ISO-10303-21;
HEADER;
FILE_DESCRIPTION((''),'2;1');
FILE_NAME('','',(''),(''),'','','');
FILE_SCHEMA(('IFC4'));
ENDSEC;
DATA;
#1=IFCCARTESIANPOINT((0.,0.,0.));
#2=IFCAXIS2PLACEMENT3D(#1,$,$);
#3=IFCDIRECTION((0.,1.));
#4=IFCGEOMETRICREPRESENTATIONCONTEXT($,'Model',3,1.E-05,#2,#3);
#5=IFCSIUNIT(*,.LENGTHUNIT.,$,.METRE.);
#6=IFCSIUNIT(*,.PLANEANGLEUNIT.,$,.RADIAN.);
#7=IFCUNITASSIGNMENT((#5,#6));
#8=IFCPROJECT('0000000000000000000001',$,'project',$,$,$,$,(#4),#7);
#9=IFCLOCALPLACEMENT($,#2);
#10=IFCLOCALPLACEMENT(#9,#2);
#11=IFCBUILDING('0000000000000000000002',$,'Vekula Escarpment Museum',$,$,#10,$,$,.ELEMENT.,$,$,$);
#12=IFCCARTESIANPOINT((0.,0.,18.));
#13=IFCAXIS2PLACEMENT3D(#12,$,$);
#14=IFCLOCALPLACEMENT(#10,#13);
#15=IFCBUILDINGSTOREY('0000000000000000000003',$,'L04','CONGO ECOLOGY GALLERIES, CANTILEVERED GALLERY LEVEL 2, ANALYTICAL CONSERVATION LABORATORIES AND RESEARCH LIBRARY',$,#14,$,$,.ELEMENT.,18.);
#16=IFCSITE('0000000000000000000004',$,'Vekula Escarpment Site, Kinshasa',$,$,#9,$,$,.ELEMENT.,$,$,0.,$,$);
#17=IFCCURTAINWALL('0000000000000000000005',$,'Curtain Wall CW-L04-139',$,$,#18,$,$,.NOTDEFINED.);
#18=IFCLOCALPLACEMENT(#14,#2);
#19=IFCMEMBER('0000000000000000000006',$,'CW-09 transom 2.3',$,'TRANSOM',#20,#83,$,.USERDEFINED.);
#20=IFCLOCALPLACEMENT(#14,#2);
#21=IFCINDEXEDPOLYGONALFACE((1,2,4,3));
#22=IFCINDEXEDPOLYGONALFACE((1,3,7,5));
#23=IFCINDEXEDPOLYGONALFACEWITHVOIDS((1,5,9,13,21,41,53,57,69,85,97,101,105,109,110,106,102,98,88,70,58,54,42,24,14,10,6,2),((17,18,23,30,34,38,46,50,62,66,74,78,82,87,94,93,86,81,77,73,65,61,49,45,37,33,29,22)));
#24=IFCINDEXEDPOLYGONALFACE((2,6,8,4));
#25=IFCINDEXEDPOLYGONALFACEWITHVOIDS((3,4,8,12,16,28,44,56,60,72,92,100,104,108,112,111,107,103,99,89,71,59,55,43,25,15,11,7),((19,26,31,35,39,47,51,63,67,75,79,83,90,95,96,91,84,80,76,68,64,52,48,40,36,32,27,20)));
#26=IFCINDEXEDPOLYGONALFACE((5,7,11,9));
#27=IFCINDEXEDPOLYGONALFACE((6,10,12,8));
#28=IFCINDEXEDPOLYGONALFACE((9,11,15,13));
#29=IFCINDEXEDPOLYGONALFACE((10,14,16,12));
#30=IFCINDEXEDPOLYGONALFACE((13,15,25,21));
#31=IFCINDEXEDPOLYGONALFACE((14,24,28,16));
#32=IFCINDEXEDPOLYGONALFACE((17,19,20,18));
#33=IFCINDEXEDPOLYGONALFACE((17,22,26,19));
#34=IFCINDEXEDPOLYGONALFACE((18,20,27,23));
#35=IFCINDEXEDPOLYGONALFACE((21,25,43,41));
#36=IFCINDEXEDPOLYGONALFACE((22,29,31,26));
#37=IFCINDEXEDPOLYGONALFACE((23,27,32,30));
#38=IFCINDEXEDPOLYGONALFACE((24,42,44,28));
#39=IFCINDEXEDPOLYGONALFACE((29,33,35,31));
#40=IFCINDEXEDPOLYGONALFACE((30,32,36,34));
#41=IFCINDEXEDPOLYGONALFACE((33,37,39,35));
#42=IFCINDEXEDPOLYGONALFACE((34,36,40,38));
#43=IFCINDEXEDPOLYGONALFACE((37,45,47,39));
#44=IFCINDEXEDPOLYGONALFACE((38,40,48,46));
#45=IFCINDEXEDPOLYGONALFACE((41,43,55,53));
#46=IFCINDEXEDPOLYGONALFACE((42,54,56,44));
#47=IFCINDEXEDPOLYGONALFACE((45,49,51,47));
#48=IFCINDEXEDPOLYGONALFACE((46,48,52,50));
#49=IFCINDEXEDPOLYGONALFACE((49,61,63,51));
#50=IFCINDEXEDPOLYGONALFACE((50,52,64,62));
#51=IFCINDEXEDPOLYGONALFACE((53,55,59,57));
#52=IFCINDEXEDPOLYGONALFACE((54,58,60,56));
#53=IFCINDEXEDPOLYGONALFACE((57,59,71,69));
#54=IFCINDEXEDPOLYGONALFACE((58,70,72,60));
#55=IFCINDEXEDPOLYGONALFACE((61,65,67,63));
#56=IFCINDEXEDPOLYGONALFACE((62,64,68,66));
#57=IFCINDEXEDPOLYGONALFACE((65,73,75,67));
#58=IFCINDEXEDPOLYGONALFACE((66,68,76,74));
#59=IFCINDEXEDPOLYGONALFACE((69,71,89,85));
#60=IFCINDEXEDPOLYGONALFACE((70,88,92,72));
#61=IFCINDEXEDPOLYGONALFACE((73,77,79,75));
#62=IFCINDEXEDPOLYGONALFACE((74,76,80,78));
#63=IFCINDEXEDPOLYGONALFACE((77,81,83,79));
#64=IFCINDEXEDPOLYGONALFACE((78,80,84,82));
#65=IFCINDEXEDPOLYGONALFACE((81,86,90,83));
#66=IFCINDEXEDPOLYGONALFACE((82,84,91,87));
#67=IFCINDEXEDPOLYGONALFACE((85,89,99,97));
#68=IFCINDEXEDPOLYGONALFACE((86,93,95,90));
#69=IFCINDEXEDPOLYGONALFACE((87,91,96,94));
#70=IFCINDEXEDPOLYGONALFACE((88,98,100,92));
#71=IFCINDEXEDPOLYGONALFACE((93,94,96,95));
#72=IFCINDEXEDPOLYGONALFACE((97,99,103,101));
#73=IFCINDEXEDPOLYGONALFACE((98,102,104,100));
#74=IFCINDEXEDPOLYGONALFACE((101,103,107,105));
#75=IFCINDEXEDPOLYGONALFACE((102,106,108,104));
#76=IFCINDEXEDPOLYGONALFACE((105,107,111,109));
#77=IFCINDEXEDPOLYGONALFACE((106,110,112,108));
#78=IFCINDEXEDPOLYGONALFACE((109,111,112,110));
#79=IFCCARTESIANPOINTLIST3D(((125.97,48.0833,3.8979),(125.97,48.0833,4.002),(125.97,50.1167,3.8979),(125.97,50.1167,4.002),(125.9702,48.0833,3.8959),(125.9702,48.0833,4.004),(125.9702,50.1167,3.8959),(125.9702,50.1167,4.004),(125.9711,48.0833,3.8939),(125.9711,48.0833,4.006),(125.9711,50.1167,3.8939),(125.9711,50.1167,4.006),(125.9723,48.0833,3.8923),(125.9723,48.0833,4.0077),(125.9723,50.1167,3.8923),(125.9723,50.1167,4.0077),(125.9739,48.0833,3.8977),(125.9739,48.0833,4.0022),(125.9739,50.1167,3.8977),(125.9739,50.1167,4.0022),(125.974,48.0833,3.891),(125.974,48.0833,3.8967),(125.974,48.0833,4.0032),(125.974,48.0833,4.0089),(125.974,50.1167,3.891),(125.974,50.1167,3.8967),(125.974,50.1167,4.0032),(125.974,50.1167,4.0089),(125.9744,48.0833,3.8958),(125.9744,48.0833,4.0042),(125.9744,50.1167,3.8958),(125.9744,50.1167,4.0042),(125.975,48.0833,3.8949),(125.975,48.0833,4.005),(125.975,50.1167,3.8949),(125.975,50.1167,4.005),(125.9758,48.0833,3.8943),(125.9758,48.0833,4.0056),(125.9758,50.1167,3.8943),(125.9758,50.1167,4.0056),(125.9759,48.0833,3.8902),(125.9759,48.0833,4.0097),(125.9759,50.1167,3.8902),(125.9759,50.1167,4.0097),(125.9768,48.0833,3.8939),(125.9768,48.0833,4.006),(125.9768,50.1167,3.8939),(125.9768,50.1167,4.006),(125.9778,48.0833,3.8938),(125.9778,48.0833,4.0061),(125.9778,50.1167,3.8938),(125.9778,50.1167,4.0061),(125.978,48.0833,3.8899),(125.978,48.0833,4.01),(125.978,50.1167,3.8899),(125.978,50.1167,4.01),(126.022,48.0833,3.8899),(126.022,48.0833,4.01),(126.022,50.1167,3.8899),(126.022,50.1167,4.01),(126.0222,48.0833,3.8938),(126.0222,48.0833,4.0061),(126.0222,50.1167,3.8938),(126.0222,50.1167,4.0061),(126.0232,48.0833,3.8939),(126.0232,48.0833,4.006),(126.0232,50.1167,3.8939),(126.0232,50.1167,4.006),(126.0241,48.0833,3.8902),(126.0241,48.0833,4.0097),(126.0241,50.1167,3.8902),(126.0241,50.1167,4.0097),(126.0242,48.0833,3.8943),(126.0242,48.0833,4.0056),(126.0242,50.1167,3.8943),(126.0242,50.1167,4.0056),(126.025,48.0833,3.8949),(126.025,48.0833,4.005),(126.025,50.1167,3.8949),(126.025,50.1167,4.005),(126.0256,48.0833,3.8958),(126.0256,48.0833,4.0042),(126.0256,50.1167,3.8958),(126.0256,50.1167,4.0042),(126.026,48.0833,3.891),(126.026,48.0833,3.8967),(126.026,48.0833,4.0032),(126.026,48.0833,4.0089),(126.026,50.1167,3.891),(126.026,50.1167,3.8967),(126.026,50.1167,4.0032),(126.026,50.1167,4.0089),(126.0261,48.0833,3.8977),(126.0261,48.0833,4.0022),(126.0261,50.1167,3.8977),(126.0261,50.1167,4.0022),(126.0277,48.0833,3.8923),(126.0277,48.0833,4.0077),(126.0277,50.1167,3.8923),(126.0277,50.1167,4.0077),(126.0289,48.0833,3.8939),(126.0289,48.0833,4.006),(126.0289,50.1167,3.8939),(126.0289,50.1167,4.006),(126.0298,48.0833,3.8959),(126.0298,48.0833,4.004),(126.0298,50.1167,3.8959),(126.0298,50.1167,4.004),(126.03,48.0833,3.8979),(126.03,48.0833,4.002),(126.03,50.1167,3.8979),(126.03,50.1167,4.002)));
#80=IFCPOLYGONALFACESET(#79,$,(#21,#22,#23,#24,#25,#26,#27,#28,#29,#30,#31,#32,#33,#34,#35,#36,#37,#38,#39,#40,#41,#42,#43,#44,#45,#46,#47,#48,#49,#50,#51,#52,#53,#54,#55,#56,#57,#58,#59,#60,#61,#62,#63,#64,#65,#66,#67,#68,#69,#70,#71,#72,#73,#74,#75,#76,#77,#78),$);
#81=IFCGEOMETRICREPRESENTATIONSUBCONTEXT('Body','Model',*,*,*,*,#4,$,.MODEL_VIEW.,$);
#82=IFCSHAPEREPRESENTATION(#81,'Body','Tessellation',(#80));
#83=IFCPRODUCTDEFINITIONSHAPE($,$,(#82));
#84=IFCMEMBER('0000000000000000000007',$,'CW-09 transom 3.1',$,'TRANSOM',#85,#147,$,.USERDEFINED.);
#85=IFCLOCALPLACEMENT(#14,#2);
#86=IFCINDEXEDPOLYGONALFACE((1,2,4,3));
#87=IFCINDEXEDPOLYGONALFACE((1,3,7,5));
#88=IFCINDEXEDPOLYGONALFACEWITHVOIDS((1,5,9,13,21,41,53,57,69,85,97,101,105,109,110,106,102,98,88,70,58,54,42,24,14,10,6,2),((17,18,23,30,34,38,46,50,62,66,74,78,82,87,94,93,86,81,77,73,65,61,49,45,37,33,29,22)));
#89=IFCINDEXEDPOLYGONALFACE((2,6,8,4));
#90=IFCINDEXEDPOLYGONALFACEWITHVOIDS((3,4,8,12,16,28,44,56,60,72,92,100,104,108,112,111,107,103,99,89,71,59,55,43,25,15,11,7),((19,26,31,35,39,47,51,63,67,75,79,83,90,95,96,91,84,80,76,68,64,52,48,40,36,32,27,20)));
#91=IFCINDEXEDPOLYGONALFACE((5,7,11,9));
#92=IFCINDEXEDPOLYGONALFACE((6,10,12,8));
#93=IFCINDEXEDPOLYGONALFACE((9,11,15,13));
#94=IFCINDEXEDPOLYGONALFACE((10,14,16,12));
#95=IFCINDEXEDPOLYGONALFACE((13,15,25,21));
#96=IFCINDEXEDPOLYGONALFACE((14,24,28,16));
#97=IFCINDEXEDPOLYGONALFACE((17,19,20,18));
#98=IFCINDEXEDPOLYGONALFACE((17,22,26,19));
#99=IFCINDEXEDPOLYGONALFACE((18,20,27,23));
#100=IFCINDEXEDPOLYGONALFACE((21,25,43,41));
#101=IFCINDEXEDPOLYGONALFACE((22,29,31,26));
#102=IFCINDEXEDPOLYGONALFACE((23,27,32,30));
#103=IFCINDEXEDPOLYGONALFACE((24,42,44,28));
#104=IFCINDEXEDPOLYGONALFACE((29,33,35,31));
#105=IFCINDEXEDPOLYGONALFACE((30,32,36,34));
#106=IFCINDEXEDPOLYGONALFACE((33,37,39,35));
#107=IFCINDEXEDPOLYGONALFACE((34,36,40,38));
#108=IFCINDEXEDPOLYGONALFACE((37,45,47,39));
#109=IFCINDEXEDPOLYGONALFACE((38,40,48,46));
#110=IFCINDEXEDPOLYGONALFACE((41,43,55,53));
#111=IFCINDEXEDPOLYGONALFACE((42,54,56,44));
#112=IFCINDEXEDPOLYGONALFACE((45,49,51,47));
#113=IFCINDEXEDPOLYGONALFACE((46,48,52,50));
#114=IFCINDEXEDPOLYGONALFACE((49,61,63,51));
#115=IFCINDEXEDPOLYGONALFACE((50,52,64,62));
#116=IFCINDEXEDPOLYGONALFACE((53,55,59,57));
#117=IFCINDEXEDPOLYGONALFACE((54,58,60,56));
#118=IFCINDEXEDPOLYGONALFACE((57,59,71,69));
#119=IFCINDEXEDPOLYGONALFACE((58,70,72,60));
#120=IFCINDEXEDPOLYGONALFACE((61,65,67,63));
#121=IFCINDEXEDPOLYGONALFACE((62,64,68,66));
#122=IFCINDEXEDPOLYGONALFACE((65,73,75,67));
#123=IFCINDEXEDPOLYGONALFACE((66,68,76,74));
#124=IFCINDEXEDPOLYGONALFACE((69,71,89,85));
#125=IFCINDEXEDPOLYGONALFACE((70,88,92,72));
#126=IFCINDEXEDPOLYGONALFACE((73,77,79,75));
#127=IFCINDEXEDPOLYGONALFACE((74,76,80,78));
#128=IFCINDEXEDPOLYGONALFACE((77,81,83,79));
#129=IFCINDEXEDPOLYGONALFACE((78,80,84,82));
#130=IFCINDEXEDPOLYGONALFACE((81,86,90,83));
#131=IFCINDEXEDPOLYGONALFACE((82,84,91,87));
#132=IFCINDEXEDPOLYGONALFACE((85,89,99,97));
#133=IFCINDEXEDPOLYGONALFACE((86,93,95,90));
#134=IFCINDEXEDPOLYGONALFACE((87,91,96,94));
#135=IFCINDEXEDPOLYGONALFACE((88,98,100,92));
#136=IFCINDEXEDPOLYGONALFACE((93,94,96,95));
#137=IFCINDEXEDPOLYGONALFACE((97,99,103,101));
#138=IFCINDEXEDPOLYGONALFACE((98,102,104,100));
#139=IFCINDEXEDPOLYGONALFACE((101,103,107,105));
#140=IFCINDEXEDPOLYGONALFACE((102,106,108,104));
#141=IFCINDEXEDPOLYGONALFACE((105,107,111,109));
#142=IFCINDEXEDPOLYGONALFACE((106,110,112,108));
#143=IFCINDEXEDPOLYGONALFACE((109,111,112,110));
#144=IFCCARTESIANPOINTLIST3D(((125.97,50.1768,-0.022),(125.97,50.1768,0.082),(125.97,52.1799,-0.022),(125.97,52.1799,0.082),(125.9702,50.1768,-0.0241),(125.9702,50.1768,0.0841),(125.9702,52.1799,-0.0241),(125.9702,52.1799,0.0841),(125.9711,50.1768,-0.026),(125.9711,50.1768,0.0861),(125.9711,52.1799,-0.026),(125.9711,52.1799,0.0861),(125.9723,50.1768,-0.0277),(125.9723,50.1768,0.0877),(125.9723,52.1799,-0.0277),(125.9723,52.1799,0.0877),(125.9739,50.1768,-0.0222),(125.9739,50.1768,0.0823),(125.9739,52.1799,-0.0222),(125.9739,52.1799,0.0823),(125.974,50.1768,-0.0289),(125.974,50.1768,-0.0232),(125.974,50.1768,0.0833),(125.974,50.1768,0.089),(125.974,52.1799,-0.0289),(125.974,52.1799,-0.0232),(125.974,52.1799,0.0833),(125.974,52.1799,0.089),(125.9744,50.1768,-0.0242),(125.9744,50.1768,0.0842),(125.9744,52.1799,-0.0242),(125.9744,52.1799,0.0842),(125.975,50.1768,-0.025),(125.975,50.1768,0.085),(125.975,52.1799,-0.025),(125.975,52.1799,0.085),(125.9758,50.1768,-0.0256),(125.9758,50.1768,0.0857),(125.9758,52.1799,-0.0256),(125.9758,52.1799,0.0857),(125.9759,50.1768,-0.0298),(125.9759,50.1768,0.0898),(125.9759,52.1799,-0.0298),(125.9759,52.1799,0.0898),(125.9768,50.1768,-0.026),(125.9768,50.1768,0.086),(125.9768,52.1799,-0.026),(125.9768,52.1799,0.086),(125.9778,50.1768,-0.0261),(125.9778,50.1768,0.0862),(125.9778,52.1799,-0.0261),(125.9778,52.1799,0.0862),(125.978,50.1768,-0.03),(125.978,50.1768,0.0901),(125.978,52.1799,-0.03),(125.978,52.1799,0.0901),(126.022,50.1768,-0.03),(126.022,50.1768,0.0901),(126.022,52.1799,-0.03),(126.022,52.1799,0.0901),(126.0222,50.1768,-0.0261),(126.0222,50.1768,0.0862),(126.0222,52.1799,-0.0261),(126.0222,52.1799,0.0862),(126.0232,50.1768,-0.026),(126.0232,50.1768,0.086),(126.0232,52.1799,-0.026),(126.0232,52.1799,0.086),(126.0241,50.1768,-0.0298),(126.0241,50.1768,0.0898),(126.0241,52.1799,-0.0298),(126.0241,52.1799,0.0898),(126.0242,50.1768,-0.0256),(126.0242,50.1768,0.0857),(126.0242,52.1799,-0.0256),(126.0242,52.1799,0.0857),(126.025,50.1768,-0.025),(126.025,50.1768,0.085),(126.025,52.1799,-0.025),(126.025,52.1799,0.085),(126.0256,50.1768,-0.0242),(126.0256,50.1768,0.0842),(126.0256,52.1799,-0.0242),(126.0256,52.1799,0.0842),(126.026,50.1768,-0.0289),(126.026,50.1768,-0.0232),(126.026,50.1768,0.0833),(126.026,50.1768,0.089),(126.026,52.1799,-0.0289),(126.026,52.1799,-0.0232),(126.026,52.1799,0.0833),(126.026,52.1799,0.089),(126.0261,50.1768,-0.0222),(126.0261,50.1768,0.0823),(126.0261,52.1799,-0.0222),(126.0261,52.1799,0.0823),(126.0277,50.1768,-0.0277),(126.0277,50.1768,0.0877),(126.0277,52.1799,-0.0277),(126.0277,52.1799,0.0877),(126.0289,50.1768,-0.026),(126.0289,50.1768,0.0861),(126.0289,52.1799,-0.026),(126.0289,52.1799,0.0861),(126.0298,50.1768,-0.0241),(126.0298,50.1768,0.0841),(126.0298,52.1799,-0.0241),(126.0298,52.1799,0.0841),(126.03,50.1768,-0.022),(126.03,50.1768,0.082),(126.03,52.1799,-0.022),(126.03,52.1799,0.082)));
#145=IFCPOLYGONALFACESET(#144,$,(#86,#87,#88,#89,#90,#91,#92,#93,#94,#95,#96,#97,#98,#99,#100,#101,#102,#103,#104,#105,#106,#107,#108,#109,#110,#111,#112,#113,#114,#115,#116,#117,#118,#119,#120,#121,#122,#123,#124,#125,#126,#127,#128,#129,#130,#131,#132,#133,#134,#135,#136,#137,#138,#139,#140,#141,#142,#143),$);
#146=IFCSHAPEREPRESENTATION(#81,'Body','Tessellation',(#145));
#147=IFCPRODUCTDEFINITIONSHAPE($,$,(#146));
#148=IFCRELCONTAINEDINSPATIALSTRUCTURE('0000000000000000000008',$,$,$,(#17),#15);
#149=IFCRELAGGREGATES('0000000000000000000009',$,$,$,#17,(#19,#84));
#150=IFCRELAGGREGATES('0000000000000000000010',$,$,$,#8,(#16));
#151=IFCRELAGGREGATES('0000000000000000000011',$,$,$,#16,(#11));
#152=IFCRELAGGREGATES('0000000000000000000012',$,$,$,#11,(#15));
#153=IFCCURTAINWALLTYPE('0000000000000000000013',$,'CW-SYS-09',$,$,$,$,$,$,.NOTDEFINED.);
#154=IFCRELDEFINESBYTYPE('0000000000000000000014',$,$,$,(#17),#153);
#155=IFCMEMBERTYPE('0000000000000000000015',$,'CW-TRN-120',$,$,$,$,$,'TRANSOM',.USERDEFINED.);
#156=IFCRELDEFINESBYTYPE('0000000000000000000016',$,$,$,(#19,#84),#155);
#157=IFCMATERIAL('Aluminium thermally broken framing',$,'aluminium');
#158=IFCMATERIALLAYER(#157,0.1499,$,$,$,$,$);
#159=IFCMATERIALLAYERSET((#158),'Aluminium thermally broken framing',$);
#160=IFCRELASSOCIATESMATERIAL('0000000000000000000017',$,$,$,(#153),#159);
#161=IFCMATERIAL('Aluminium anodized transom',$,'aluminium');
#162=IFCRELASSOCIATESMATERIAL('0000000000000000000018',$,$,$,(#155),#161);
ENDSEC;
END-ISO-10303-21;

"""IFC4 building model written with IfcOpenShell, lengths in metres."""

from ifc_helpers import new_model, si_unit, direction, frame, origin, origin_2d, place, context, subcontext, project, spatial, hollow_rectangle, extrude, material, layer, layer_set, material_profile, profile_set, type_object, element, aggregate, save


model = new_model("IFC4")

# Units and contexts
model_context = context("Model", 3, precision=1e-05, world=origin(), true_north=direction((0.0, 1.0)))
body_context = subcontext(model_context, "Body", "Model", "MODEL_VIEW")
ifc_project = project(units=[si_unit("LENGTHUNIT", "METRE"), si_unit("PLANEANGLEUNIT", "RADIAN")], contexts=[model_context])

# Site, building, storey
site_placement = place(None, origin())
site = spatial("IfcSite", under=ifc_project, at=site_placement, Name="Vekula Escarpment Site, Kinshasa", CompositionType="ELEMENT", RefElevation=0.0)
building_placement = place(site_placement, origin())
building = spatial("IfcBuilding", under=site, at=building_placement, Name="Vekula Escarpment Museum", CompositionType="ELEMENT")
storey_placement = place(building_placement, frame((0.0, 0.0, 18.0)))
storey = spatial("IfcBuildingStorey", under=building, at=storey_placement, Name="L04", Description="CONGO ECOLOGY GALLERIES, CANTILEVERED GALLERY LEVEL 2, ANALYTICAL CONSERVATION LABORATORIES AND RESEARCH LIBRARY", CompositionType="ELEMENT", Elevation=18.0)

# Curtain wall, members
ifc_material_1 = material(Name="Aluminium thermally broken framing", Category="aluminium")
ifc_layer_1 = layer(ifc_material_1, 0.1499)
ifc_layer_set_1 = layer_set([ifc_layer_1], Name="Aluminium thermally broken framing")
curtain_wall_type_1 = type_object("IfcCurtainWallType", Name="CW-SYS-09", PredefinedType="NOTDEFINED", material=ifc_layer_set_1)
curtain_wall_1_placement = place(storey_placement, origin())
curtain_wall_1 = element("IfcCurtainWall", 1, at=curtain_wall_1_placement, inside=storey, type_object=curtain_wall_type_1, Name="Curtain Wall CW-L04-139", PredefinedType="NOTDEFINED")
ifc_material_2 = material(Name="Aluminium anodized transom", Category="aluminium")
ifc_material_profile_1 = material_profile(ifc_material_2, hollow_rectangle(XDim=0.0601, YDim=0.1201, WallThickness=0.0039, InnerFilletRadius=0.0039, OuterFilletRadius=0.0081, at=origin_2d()), Name="ALU 120x60x4")
ifc_profile_set_1 = profile_set([ifc_material_profile_1], Name="Aluminium anodized transom")
member_type_1 = type_object("IfcMemberType", Name="CW-TRN-120", ElementType="TRANSOM", PredefinedType="USERDEFINED", material=ifc_profile_set_1)
member_1_placement = place(storey_placement, frame((126.0, 48.0833, 3.95), z_axis=(0.0, 1.0, 0.0), x_axis=(-1.0, 0.0, 0.0)))
member_1 = element("IfcMember", 2, at=member_1_placement, type_object=member_type_1, Name="CW-09 transom 2.3", ObjectType="TRANSOM", PredefinedType="USERDEFINED", context=body_context, shape_type="SweptSolid", body=[
    extrude(hollow_rectangle(XDim=0.0601, YDim=0.1201, WallThickness=0.0039, InnerFilletRadius=0.0039, OuterFilletRadius=0.0081, at=origin_2d()), origin(), (0.0, 0.0, 1.0), 2.0334),
])
member_2_placement = place(storey_placement, frame((126.0, 50.1768, 0.03), z_axis=(0.0, 1.0, 0.0), x_axis=(-1.0, 0.0, 0.0)))
member_2 = element("IfcMember", 3, at=member_2_placement, type_object=member_type_1, Name="CW-09 transom 3.1", ObjectType="TRANSOM", PredefinedType="USERDEFINED", context=body_context, shape_type="SweptSolid", body=[
    extrude(hollow_rectangle(XDim=0.0601, YDim=0.1201, WallThickness=0.0039, InnerFilletRadius=0.0039, OuterFilletRadius=0.0081, at=origin_2d()), origin(), (0.0, 0.0, 1.0), 2.0032),
])

aggregate(curtain_wall_1, [member_1, member_2])

save(model, "model.ifc")
